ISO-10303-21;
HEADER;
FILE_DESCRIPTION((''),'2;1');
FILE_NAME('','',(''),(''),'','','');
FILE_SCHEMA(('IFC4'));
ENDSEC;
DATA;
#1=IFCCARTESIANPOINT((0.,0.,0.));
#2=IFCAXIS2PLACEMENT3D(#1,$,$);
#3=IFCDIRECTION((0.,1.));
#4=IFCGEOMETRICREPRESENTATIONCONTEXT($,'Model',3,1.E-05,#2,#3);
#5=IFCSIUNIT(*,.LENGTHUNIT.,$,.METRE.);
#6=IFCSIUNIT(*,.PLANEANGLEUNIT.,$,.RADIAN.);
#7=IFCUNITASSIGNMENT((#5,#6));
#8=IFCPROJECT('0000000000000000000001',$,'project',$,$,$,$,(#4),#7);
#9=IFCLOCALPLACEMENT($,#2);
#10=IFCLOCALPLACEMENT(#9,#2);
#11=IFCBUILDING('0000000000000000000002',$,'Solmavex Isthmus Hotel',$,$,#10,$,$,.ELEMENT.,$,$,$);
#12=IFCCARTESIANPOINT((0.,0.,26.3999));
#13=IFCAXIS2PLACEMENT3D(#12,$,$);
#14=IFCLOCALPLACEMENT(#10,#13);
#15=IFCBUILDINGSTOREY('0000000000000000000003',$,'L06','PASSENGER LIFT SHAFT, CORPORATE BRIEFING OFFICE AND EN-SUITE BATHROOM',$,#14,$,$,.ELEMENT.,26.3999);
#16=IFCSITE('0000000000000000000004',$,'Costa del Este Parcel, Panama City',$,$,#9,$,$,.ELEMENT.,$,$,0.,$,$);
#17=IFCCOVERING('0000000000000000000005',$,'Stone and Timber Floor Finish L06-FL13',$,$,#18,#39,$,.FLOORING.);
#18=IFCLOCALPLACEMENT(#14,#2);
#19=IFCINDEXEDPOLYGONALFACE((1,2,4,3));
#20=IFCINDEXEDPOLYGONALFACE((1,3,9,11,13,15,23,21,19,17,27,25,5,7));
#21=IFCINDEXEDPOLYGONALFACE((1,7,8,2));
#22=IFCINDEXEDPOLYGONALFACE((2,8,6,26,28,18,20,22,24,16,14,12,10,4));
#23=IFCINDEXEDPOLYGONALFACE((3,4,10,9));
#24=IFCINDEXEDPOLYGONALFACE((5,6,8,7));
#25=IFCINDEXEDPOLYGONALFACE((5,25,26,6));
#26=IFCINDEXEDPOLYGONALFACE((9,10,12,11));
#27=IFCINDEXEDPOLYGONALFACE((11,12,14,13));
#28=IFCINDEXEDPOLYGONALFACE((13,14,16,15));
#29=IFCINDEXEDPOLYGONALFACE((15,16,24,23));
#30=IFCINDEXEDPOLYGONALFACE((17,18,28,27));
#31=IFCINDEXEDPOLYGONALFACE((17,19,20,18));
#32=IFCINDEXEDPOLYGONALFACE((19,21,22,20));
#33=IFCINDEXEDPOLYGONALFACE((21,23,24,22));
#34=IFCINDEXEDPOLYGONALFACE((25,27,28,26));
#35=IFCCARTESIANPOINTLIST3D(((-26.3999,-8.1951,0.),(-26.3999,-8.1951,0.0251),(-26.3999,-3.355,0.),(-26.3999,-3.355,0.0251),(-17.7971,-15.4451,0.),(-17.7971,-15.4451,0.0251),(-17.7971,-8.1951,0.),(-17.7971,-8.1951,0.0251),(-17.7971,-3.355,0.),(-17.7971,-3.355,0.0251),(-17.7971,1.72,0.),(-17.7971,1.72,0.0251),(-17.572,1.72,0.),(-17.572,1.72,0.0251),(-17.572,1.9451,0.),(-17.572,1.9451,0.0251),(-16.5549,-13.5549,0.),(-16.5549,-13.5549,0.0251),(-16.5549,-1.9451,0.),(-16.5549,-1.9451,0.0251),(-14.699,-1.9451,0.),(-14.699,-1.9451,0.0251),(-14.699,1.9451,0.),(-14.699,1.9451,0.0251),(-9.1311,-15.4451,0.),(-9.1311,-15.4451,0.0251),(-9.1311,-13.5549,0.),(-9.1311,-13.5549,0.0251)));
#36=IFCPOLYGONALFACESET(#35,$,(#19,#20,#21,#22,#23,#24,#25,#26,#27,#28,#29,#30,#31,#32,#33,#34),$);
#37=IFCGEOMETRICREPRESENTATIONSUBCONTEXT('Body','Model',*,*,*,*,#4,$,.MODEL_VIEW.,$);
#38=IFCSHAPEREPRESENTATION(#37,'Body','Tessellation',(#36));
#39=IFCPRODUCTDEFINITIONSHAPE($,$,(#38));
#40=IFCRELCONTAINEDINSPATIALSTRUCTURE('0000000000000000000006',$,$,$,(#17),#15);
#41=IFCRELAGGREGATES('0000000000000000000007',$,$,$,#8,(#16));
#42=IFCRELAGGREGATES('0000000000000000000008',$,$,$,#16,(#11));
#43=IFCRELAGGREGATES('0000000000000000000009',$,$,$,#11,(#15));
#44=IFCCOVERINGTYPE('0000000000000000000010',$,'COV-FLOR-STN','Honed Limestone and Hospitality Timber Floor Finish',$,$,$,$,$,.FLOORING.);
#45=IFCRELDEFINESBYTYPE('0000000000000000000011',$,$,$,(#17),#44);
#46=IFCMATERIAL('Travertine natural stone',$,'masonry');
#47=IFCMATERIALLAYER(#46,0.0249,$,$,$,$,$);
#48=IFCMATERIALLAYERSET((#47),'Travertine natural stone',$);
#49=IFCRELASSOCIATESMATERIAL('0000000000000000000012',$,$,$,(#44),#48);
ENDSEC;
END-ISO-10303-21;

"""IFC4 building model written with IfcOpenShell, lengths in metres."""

from ifc_helpers import new_model, si_unit, direction, frame, origin, place, context, subcontext, project, spatial, polyline, outline, extrude, material, layer, layer_set, type_object, element, save


model = new_model("IFC4")

# Units and contexts
model_context = context("Model", 3, precision=1e-05, world=origin(), true_north=direction((0.0, 1.0)))
body_context = subcontext(model_context, "Body", "Model", "MODEL_VIEW")
ifc_project = project(units=[si_unit("LENGTHUNIT", "METRE"), si_unit("PLANEANGLEUNIT", "RADIAN")], contexts=[model_context])

# Site, building, storey
site_placement = place(None, origin())
site = spatial("IfcSite", under=ifc_project, at=site_placement, Name="Costa del Este Parcel, Panama City", CompositionType="ELEMENT", RefElevation=0.0)
building_placement = place(site_placement, origin())
building = spatial("IfcBuilding", under=site, at=building_placement, Name="Solmavex Isthmus Hotel", CompositionType="ELEMENT")
storey_placement = place(building_placement, frame((0.0, 0.0, 26.3999)))
storey = spatial("IfcBuildingStorey", under=building, at=storey_placement, Name="L06", Description="PASSENGER LIFT SHAFT, CORPORATE BRIEFING OFFICE AND EN-SUITE BATHROOM", CompositionType="ELEMENT", Elevation=26.3999)

# Covering
ifc_material_1 = material(Name="Travertine natural stone", Category="masonry")
ifc_layer_1 = layer(ifc_material_1, 0.0249)
ifc_layer_set_1 = layer_set([ifc_layer_1], Name="Travertine natural stone")
covering_type_1 = type_object("IfcCoveringType", Name="COV-FLOR-STN", Description="Honed Limestone and Hospitality Timber Floor Finish", PredefinedType="FLOORING", material=ifc_layer_set_1)
covering_1_placement = place(storey_placement, origin())
element("IfcCovering", 1, at=covering_1_placement, inside=storey, type_object=covering_type_1, Name="Stone and Timber Floor Finish L06-FL13", PredefinedType="FLOORING", context=body_context, shape_type="SweptSolid", body=[
    extrude(outline(polyline([(-17.572, 1.9451), (-17.572, 1.72), (-17.7971, 1.72), (-17.7971, -3.355), (-26.3999, -3.355), (-26.3999, -8.1951), (-17.7971, -8.1951), (-17.7971, -15.4451), (-9.1311, -15.4451), (-9.1311, -13.5549), (-16.5549, -13.5549), (-16.5549, -1.9451), (-14.699, -1.9451), (-14.699, 1.9451), (-17.572, 1.9451)])), origin(), (0.0, 0.0, 1.0), 0.0251),
])

save(model, "model.ifc")
